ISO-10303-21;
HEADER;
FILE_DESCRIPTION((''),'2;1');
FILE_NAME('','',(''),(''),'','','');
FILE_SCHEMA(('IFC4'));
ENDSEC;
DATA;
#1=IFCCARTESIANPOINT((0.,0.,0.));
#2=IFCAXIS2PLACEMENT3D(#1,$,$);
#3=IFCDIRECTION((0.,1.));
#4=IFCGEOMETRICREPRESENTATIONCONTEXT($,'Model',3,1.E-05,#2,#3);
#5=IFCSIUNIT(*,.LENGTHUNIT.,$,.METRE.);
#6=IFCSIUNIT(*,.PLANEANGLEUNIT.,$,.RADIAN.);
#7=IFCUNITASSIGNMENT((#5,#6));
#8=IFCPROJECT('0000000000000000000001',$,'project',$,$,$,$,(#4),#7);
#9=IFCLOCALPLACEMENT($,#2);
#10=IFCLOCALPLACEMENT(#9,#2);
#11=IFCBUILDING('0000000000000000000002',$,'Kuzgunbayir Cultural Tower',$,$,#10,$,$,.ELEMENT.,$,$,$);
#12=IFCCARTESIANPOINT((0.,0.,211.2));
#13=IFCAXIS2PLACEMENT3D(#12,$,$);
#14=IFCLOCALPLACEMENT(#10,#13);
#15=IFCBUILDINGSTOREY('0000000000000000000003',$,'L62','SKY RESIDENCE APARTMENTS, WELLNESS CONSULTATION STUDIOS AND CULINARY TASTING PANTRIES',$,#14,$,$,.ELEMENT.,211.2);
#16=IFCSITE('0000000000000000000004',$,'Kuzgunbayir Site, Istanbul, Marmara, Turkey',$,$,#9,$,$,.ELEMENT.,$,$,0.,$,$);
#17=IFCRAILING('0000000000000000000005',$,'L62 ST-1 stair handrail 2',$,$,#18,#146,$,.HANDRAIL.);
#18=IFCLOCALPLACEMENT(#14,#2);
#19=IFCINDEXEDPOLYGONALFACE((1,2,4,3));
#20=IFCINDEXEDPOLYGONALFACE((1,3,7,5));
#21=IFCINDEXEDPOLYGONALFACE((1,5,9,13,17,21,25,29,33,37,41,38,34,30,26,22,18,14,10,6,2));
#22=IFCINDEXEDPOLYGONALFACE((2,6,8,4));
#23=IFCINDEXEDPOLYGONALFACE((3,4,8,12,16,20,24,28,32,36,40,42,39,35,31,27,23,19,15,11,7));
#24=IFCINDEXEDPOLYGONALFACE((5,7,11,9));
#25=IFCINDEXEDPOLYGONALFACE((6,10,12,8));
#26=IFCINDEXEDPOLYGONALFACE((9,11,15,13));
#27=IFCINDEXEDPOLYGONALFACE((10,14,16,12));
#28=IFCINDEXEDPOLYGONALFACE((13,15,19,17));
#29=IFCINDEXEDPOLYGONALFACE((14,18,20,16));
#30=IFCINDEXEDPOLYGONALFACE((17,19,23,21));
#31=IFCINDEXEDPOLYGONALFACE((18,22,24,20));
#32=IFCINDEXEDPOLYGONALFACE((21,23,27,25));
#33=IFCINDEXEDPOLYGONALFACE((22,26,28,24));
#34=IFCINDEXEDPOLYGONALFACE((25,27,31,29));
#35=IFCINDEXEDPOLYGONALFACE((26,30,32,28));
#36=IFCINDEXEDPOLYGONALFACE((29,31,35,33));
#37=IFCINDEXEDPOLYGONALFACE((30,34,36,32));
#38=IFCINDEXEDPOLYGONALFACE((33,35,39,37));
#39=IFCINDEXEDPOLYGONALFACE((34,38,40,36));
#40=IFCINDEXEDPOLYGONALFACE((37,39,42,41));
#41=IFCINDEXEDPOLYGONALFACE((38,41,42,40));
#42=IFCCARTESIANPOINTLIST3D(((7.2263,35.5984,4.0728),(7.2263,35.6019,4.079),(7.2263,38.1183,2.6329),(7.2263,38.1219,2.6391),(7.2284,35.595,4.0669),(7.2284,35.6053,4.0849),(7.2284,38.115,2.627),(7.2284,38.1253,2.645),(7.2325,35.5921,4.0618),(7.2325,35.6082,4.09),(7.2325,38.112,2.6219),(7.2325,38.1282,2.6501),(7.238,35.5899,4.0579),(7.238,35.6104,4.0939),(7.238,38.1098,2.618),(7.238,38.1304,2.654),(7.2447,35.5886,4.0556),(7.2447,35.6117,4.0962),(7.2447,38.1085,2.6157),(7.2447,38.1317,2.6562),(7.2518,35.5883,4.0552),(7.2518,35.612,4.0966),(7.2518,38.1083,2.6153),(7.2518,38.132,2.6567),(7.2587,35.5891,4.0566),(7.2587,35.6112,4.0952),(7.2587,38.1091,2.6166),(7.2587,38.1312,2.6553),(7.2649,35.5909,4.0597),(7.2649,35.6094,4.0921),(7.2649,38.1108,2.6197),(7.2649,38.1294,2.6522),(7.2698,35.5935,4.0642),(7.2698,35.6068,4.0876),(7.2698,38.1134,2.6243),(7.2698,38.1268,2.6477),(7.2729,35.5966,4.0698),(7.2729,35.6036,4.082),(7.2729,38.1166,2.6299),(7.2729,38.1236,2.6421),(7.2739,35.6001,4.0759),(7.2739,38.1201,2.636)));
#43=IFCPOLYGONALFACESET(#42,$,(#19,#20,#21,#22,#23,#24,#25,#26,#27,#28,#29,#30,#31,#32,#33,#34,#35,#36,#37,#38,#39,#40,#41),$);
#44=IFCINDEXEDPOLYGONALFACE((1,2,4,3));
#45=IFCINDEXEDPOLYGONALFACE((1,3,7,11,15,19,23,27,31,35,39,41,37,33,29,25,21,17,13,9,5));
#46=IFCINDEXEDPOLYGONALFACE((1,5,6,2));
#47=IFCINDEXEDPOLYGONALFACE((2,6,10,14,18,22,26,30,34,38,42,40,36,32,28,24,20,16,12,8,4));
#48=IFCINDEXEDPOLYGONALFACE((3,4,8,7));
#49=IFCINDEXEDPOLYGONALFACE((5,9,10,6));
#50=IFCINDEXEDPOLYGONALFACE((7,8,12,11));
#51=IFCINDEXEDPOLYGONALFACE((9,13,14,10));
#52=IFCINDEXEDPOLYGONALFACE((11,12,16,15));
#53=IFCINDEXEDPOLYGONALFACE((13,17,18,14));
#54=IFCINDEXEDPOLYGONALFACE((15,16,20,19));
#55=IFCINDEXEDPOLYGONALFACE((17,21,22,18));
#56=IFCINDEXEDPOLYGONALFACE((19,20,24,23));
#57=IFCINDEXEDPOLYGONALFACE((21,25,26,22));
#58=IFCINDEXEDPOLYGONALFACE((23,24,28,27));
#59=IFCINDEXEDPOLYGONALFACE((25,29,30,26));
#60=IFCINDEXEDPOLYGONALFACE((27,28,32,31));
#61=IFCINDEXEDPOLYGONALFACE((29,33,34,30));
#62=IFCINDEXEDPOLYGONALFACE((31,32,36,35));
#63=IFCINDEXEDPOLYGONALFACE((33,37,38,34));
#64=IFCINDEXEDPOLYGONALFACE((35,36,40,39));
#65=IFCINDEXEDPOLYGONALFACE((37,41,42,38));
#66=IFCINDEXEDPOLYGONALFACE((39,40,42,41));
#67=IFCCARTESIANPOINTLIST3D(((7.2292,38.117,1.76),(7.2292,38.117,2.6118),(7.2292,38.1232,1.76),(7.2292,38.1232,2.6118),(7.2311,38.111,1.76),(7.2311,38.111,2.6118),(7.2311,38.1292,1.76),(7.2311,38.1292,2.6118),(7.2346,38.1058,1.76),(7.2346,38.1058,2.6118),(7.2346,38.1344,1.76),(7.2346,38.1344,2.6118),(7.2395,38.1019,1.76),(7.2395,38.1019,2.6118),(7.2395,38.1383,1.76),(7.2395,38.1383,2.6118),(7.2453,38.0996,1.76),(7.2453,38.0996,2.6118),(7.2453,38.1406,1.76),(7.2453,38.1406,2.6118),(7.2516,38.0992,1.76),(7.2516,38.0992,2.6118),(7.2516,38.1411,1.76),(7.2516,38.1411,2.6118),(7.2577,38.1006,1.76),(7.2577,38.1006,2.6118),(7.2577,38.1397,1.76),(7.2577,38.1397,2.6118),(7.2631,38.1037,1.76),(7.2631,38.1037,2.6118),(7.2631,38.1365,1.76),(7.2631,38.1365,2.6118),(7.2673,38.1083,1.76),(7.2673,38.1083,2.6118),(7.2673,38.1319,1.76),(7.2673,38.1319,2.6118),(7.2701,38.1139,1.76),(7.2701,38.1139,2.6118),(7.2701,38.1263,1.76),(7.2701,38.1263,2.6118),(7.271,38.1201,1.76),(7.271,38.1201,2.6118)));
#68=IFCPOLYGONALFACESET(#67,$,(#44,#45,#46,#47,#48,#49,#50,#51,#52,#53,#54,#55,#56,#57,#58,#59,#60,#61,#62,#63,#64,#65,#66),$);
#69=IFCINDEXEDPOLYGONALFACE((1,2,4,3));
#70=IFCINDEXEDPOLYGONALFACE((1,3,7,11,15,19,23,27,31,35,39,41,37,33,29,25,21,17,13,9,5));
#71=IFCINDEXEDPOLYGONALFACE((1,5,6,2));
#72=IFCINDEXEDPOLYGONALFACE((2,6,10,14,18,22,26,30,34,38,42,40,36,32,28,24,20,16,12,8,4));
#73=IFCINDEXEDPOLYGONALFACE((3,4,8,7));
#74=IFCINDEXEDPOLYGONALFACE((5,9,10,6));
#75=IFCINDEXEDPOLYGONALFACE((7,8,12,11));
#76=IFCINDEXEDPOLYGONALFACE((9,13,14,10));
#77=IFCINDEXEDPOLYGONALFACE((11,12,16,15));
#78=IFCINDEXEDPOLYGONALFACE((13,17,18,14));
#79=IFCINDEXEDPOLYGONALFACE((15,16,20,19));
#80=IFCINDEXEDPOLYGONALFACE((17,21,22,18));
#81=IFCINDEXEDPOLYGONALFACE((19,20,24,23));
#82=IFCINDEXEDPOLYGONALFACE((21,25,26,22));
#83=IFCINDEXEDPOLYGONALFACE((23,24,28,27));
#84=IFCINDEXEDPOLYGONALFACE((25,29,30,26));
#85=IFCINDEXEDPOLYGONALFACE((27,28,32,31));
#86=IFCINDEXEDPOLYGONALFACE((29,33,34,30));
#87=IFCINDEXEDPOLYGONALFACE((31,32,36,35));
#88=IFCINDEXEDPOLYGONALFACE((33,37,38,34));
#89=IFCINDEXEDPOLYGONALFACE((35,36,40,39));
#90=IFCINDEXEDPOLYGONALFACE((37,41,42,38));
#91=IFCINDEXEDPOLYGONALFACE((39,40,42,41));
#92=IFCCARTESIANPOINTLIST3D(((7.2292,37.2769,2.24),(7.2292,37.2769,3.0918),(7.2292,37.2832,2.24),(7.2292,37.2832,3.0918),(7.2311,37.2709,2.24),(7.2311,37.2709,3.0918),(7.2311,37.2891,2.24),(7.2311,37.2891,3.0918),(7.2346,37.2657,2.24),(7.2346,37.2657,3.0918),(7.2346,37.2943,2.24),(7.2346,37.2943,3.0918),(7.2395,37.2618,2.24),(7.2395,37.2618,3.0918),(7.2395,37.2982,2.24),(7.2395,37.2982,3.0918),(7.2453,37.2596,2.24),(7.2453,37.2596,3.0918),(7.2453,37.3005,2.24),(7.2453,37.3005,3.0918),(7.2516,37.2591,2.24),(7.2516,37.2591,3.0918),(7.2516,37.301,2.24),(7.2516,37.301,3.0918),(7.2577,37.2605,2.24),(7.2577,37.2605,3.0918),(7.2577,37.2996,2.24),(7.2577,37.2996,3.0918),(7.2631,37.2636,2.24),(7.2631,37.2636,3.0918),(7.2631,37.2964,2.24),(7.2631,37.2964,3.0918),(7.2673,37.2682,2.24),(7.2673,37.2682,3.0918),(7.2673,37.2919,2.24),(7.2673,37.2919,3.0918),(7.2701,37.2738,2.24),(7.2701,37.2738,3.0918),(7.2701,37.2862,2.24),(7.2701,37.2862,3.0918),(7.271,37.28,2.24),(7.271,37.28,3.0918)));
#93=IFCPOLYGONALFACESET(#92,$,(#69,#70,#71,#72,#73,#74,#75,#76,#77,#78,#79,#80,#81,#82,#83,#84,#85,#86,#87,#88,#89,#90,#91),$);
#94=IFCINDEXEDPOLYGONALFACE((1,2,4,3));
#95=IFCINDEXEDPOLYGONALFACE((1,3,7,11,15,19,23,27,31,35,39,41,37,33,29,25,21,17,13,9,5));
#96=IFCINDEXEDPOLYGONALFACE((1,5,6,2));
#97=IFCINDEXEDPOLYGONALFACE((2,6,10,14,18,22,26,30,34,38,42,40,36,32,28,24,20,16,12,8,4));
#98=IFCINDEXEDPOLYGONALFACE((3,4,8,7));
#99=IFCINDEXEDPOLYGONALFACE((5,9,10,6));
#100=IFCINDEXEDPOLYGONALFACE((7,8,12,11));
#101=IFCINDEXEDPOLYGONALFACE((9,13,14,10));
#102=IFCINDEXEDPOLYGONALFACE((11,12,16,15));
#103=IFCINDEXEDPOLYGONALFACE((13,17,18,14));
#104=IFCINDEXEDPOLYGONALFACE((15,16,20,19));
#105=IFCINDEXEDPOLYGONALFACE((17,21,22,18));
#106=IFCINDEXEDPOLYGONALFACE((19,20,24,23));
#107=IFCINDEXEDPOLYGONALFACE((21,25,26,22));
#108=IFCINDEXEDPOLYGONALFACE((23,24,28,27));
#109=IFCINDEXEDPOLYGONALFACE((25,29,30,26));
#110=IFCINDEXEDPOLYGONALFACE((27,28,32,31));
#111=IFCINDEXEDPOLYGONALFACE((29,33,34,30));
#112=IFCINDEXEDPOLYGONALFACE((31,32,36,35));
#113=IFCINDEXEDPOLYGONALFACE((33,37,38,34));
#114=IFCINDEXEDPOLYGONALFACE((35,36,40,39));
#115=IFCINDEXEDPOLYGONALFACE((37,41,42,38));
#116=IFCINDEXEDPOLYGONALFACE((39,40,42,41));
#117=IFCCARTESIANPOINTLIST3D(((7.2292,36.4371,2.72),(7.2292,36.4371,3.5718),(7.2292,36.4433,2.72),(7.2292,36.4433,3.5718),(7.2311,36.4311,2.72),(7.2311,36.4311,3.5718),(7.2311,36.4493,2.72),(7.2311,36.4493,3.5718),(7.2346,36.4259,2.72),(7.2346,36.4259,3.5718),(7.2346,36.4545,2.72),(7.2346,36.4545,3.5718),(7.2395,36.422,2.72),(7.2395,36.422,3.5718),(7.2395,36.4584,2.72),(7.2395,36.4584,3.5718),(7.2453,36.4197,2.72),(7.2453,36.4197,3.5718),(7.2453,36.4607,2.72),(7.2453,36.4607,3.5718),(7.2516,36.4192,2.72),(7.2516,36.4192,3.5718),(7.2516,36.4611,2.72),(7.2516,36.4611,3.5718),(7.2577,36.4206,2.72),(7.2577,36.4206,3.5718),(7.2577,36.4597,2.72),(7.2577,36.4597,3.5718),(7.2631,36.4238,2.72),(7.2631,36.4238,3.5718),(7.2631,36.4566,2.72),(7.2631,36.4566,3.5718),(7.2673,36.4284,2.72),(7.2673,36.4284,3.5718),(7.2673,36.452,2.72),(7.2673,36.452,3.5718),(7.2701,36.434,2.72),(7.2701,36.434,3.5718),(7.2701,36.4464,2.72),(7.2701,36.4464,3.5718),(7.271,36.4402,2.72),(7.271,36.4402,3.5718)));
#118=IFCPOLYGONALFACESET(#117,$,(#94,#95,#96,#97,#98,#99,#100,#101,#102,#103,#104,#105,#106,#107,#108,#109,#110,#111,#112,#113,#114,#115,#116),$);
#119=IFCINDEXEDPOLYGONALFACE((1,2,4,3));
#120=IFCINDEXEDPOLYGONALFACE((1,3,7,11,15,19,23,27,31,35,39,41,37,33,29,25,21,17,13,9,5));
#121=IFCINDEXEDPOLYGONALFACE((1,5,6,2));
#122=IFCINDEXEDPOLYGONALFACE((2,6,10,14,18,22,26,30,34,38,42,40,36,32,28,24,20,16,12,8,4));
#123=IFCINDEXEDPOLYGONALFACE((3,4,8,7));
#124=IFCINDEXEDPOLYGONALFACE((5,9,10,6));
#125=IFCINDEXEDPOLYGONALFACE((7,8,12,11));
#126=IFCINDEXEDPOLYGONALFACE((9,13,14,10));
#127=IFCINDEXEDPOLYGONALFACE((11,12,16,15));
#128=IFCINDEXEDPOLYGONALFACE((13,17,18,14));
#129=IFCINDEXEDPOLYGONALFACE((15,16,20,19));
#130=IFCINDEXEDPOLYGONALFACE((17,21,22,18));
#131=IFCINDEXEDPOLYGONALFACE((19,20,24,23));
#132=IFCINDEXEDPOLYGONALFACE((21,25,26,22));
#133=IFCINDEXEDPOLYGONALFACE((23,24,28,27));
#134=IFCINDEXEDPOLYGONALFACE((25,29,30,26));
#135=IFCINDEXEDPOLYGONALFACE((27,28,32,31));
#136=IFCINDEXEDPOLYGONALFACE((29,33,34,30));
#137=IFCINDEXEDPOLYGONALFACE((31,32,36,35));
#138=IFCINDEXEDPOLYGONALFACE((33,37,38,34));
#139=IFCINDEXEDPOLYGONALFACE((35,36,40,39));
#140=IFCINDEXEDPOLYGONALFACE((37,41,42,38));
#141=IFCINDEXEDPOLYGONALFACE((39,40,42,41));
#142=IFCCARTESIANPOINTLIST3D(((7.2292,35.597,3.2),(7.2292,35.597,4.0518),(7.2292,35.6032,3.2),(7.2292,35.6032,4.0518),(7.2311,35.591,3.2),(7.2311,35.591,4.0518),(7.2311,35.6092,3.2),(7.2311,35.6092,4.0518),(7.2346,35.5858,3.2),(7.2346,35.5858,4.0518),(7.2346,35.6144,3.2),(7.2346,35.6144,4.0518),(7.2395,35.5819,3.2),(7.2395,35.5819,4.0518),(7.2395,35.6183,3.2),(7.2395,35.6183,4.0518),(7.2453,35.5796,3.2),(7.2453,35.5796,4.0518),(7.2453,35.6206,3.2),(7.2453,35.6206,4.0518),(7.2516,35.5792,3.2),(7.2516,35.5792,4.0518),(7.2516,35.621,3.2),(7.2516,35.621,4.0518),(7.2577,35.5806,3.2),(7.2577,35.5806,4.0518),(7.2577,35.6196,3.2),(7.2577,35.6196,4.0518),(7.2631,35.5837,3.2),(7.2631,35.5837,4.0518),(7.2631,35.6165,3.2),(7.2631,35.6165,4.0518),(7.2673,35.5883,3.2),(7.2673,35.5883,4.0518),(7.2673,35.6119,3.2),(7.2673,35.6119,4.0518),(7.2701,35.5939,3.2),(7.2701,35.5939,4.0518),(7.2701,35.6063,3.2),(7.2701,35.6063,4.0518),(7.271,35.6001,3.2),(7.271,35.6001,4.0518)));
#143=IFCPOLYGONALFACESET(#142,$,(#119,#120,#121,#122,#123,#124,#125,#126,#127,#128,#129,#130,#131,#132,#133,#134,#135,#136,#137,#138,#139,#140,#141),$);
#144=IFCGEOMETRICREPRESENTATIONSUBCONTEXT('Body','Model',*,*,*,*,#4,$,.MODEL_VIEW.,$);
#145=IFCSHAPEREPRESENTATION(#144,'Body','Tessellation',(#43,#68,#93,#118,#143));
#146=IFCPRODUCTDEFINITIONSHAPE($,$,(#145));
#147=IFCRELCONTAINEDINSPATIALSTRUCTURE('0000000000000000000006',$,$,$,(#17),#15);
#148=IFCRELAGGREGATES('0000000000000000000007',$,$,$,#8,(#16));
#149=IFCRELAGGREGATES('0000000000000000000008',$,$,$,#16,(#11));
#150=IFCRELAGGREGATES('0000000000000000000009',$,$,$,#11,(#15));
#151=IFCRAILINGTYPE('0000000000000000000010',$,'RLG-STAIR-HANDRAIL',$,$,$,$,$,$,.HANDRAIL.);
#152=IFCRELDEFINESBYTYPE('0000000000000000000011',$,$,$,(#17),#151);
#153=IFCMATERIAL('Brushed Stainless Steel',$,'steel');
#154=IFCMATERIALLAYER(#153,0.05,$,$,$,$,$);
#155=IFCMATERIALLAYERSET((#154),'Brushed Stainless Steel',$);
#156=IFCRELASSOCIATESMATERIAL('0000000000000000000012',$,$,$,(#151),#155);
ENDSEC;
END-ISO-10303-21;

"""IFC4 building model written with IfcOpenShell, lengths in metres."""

from ifc_helpers import new_model, si_unit, direction, frame, origin, origin_2d, place, context, subcontext, project, spatial, circle, extrude, material, layer, layer_set, type_object, element, save


model = new_model("IFC4")

# Units and contexts
model_context = context("Model", 3, precision=1e-05, world=origin(), true_north=direction((0.0, 1.0)))
body_context = subcontext(model_context, "Body", "Model", "MODEL_VIEW")
ifc_project = project(units=[si_unit("LENGTHUNIT", "METRE"), si_unit("PLANEANGLEUNIT", "RADIAN")], contexts=[model_context])

# Site, building, storey
site_placement = place(None, origin())
site = spatial("IfcSite", under=ifc_project, at=site_placement, Name="Kuzgunbayir Site, Istanbul, Marmara, Turkey", CompositionType="ELEMENT", RefElevation=0.0)
building_placement = place(site_placement, origin())
building = spatial("IfcBuilding", under=site, at=building_placement, Name="Kuzgunbayir Cultural Tower", CompositionType="ELEMENT")
storey_placement = place(building_placement, frame((0.0, 0.0, 211.2)))
storey = spatial("IfcBuildingStorey", under=building, at=storey_placement, Name="L62", Description="SKY RESIDENCE APARTMENTS, WELLNESS CONSULTATION STUDIOS AND CULINARY TASTING PANTRIES", CompositionType="ELEMENT", Elevation=211.2)

# Shared definitions
ifc_material_1 = material(Name="Brushed Stainless Steel", Category="steel")

# Railing
ifc_layer_1 = layer(ifc_material_1, 0.05)
ifc_layer_set_1 = layer_set([ifc_layer_1], Name="Brushed Stainless Steel")
railing_type_1 = type_object("IfcRailingType", Name="RLG-STAIR-HANDRAIL", PredefinedType="HANDRAIL", material=ifc_layer_set_1)
railing_1_placement = place(storey_placement, frame((7.25, 38.1201, 1.76)))
element("IfcRailing", 1, at=railing_1_placement, inside=storey, type_object=railing_type_1, Name="L62 ST-1 stair handrail 2", PredefinedType="HANDRAIL", context=body_context, shape_type="SweptSolid", body=[
    extrude(circle(Radius=0.0239, at=origin_2d()), frame((0.0, 0.0, 0.876), z_axis=(0.0, -0.868253, 0.496121), x_axis=(1.0, 0.0, 0.0)), (0.0, 0.0, 1.0), 2.9023),
    extrude(circle(Radius=0.021, at=origin_2d()), origin(), (0.0, 0.0, 1.0), 0.8518),
    extrude(circle(Radius=0.021, at=origin_2d()), frame((0.0, -0.8401, 0.48)), (0.0, 0.0, 1.0), 0.8518),
    extrude(circle(Radius=0.021, at=origin_2d()), frame((0.0, -1.6799, 0.96)), (0.0, 0.0, 1.0), 0.8518),
    extrude(circle(Radius=0.021, at=origin_2d()), frame((0.0, -2.52, 1.4399)), (0.0, 0.0, 1.0), 0.8518),
])

save(model, "model.ifc")
